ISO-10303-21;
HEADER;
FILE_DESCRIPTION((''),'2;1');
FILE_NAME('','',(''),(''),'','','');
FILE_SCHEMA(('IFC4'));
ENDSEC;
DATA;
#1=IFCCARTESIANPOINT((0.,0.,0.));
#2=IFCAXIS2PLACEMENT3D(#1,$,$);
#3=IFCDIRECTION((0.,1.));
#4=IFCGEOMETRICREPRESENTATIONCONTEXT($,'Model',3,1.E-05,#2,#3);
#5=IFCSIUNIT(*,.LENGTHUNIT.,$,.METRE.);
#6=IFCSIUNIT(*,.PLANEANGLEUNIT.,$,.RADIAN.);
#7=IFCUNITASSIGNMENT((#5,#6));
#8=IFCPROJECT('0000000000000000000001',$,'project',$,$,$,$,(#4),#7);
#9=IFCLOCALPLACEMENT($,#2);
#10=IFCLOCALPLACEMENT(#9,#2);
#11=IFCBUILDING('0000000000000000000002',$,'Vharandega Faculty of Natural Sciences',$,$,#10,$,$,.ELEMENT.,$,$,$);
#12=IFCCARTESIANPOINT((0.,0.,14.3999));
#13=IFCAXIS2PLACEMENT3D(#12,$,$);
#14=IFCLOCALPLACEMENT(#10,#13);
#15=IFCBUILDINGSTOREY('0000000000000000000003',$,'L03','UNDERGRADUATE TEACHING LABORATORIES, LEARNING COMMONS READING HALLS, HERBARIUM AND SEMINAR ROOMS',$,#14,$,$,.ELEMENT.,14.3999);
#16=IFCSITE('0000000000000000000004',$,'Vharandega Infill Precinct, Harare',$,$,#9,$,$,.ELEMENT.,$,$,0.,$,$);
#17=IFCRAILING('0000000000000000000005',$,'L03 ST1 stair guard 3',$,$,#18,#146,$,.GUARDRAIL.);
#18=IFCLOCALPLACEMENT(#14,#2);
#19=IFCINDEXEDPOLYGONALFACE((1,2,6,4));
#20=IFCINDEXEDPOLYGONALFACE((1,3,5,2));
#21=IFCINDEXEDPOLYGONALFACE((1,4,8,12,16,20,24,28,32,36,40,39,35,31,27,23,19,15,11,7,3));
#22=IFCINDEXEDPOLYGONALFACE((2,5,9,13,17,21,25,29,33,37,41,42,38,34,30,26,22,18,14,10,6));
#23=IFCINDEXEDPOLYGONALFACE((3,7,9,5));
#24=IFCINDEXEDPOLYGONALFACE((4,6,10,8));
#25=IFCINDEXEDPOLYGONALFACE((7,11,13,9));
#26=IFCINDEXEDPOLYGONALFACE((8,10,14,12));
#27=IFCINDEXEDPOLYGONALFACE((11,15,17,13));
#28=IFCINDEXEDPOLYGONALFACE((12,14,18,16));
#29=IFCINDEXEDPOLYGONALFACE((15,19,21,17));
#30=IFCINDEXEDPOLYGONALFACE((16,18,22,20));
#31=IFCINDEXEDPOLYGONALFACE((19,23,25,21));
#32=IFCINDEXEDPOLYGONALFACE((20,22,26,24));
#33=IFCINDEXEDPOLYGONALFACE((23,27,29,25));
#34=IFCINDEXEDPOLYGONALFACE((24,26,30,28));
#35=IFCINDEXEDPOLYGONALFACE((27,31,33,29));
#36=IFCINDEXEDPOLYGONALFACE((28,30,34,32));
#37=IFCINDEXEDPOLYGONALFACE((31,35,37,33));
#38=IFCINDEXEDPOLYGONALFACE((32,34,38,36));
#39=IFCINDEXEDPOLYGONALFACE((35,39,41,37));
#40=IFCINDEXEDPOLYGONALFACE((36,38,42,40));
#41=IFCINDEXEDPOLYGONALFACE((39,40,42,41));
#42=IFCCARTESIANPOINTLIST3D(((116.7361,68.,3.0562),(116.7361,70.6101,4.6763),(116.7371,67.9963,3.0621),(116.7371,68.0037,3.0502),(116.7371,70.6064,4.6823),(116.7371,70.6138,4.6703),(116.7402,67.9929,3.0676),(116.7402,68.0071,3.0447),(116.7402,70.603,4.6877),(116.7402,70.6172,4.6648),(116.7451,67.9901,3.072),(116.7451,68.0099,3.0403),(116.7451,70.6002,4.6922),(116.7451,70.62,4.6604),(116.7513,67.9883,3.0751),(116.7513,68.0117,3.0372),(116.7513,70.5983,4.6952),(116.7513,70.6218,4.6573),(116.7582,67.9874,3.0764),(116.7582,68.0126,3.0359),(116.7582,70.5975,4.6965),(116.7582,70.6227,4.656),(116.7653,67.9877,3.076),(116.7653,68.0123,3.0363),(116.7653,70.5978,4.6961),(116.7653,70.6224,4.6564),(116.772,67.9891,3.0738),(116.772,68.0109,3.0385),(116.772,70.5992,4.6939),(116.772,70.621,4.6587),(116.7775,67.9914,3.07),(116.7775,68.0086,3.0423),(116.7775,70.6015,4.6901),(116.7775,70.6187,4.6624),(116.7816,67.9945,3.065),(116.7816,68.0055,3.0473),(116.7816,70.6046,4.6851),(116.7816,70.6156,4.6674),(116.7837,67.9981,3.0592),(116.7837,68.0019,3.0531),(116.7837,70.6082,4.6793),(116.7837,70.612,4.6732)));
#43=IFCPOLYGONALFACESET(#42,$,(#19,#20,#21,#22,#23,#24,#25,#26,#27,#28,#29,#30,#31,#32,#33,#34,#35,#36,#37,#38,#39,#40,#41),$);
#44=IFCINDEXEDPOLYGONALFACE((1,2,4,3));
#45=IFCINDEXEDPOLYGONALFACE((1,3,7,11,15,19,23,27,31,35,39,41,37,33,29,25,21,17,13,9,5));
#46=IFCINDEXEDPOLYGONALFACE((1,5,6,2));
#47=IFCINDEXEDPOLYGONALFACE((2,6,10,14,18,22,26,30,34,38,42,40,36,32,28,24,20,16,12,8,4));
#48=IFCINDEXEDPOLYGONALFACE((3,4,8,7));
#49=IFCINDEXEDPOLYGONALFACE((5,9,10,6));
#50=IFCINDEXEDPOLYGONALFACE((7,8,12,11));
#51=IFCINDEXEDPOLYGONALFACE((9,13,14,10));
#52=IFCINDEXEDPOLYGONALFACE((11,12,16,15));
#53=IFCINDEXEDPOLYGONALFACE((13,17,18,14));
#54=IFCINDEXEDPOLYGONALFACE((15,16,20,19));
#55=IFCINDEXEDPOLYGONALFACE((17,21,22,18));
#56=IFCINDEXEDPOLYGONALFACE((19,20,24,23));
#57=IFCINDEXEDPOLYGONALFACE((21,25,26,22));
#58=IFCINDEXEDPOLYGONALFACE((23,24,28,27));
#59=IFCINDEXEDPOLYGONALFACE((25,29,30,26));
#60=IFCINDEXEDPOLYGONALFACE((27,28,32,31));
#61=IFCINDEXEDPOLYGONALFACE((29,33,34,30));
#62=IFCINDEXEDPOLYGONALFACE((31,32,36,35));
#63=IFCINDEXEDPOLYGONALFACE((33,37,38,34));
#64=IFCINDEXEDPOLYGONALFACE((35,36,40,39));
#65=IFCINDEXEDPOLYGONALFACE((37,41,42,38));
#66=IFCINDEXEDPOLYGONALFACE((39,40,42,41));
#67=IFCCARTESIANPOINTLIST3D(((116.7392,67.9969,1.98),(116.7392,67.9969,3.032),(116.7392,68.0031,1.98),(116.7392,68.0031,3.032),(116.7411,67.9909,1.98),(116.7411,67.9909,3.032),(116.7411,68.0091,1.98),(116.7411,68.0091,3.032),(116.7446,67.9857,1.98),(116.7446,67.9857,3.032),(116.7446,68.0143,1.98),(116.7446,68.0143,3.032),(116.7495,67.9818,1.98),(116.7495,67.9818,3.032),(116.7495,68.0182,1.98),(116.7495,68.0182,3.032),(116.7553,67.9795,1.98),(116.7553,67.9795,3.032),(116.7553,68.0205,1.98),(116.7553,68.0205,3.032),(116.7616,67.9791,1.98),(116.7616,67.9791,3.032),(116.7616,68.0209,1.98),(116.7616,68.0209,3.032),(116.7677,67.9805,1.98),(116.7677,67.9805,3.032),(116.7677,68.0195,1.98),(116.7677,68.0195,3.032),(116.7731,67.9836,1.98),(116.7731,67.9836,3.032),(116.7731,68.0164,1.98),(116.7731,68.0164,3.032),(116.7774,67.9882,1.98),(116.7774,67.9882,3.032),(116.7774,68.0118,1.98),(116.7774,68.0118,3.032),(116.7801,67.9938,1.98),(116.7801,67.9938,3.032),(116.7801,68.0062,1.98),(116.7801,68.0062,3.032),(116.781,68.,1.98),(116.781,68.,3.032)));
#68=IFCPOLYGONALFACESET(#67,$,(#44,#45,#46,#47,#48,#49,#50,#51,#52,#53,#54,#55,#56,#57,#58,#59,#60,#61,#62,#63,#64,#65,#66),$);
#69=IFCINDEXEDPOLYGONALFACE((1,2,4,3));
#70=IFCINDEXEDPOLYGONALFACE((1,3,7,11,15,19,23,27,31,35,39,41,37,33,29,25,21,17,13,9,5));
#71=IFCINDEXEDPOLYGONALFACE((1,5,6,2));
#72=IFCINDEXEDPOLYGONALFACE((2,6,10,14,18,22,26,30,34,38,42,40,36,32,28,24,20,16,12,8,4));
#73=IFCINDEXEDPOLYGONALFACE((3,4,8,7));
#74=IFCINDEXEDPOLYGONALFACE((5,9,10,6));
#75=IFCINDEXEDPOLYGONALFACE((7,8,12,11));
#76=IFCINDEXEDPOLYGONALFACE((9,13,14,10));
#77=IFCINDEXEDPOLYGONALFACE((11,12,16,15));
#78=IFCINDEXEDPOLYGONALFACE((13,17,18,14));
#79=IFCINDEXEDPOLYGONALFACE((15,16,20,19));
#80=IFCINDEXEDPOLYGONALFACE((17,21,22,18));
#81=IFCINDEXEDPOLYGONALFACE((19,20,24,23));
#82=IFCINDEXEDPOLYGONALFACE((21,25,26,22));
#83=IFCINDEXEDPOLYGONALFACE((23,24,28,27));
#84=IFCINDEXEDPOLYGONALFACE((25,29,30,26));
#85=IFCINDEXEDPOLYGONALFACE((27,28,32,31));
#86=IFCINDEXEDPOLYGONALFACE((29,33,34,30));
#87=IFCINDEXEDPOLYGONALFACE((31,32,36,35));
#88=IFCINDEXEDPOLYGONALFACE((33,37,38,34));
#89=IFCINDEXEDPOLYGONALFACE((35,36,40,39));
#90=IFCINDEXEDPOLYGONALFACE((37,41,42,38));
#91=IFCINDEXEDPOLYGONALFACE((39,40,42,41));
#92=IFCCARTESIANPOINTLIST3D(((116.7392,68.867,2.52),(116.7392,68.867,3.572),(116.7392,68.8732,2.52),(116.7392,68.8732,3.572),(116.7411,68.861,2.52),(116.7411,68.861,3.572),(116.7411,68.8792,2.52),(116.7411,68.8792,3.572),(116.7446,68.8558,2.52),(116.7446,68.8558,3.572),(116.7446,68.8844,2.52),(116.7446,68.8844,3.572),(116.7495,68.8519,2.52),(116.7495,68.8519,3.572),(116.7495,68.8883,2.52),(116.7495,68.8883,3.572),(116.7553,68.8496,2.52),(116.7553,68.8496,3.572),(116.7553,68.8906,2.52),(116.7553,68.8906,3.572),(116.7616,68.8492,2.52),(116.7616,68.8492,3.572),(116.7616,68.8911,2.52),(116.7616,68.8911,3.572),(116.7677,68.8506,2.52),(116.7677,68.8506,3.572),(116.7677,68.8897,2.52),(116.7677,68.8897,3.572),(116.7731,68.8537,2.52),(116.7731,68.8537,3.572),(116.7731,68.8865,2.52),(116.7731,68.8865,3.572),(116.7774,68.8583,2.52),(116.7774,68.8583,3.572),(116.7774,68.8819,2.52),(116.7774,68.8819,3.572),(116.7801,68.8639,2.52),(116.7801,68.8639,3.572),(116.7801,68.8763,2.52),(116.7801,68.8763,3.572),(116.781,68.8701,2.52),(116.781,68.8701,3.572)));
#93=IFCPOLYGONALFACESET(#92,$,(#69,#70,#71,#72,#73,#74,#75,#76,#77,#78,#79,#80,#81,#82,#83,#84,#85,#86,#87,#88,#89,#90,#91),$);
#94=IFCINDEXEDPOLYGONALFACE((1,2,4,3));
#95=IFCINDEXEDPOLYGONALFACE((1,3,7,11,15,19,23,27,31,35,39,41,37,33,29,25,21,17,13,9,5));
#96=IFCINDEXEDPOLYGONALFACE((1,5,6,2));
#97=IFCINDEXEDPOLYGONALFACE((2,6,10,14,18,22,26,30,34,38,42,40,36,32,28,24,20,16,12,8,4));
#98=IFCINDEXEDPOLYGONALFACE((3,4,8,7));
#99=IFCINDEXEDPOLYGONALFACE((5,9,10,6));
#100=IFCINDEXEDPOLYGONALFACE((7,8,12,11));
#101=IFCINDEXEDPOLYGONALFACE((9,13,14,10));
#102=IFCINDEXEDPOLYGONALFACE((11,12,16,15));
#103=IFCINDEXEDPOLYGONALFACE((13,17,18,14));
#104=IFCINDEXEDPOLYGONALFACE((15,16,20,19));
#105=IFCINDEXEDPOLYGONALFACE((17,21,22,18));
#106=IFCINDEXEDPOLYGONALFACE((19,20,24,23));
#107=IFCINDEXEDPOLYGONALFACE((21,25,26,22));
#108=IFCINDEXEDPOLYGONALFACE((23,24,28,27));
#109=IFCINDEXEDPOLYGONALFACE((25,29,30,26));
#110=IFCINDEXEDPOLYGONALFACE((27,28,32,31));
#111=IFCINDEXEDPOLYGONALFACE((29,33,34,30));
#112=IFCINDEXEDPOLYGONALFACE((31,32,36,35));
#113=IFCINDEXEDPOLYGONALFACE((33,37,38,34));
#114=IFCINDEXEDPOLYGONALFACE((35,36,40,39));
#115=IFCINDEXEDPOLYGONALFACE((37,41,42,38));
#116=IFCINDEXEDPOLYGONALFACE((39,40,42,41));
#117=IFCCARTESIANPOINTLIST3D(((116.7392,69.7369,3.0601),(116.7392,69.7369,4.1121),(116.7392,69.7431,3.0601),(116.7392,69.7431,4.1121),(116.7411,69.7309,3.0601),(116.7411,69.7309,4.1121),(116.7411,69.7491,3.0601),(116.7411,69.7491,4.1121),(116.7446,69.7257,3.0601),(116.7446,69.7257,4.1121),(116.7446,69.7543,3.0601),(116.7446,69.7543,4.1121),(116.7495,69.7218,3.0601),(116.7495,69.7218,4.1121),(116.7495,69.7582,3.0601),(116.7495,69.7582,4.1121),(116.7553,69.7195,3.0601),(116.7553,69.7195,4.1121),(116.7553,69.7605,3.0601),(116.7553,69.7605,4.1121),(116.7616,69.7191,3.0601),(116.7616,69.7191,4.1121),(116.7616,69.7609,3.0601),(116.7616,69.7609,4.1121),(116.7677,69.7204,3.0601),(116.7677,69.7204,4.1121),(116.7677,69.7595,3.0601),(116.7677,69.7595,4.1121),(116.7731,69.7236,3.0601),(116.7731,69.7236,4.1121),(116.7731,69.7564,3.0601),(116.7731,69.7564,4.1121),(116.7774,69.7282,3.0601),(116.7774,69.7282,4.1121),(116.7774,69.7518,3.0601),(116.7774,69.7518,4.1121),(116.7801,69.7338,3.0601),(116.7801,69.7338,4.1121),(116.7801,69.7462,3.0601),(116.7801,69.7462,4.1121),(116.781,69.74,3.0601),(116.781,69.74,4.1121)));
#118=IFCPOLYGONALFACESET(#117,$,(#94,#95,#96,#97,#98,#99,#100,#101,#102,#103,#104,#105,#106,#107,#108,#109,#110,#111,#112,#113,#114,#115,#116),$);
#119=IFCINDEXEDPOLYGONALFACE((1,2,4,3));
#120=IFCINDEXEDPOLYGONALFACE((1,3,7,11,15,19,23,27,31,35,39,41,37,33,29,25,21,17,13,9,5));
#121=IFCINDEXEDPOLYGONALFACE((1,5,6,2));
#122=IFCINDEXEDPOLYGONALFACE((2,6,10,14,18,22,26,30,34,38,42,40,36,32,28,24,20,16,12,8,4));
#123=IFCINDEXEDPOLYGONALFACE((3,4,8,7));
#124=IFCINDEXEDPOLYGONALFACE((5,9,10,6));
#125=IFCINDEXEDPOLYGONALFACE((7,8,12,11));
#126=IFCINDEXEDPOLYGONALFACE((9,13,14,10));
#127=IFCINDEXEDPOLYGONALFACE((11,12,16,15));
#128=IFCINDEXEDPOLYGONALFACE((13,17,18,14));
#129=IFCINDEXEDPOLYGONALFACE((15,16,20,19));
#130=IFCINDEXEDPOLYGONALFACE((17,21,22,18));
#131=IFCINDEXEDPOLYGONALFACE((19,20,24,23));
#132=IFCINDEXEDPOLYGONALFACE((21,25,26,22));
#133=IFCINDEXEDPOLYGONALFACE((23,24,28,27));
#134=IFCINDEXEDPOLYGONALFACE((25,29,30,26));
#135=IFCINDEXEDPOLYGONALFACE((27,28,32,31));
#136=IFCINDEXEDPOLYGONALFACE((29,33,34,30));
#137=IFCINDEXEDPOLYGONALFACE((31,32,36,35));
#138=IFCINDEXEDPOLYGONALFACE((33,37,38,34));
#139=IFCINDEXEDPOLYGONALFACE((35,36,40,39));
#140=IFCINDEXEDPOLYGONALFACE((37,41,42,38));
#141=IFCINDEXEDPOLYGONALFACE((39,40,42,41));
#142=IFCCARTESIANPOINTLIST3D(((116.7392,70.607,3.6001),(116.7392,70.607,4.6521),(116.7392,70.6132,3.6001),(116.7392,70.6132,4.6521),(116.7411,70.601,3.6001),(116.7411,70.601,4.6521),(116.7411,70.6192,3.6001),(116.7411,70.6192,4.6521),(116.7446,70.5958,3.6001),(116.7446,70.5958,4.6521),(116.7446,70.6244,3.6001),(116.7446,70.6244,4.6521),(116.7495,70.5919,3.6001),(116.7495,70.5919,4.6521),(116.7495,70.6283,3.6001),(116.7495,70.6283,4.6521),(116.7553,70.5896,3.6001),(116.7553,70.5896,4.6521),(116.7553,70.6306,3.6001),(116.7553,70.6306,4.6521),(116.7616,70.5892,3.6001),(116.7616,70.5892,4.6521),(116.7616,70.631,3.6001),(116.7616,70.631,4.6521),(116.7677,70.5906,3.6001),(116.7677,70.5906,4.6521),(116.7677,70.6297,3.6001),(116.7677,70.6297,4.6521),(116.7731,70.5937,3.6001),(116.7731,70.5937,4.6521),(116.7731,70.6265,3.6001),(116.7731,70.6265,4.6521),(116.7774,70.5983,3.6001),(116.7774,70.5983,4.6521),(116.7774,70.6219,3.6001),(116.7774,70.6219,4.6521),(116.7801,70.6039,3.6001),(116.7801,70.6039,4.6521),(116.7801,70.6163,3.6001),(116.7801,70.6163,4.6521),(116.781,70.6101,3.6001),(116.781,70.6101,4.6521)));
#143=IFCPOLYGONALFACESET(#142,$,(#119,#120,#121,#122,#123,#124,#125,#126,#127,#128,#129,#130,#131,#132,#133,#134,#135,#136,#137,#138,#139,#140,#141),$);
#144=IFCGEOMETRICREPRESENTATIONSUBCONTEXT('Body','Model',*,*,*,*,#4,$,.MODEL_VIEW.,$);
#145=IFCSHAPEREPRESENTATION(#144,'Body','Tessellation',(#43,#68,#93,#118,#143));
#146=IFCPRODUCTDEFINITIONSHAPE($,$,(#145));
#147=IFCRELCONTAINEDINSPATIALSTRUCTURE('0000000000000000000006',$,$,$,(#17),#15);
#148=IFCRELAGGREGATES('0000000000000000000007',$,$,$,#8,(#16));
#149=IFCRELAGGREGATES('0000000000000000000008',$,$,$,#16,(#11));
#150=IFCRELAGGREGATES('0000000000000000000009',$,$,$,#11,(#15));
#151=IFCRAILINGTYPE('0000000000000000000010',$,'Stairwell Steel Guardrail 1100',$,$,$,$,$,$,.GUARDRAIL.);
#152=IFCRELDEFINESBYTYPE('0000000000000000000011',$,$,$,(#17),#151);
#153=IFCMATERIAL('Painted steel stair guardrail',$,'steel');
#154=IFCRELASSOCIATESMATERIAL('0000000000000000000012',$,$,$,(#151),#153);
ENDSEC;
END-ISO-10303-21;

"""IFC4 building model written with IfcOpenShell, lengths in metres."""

from ifc_helpers import new_model, si_unit, direction, frame, origin, origin_2d, place, context, subcontext, project, spatial, circle, extrude, material, type_object, element, save


model = new_model("IFC4")

# Units and contexts
model_context = context("Model", 3, precision=1e-05, world=origin(), true_north=direction((0.0, 1.0)))
body_context = subcontext(model_context, "Body", "Model", "MODEL_VIEW")
ifc_project = project(units=[si_unit("LENGTHUNIT", "METRE"), si_unit("PLANEANGLEUNIT", "RADIAN")], contexts=[model_context])

# Site, building, storey
site_placement = place(None, origin())
site = spatial("IfcSite", under=ifc_project, at=site_placement, Name="Vharandega Infill Precinct, Harare", CompositionType="ELEMENT", RefElevation=0.0)
building_placement = place(site_placement, origin())
building = spatial("IfcBuilding", under=site, at=building_placement, Name="Vharandega Faculty of Natural Sciences", CompositionType="ELEMENT")
storey_placement = place(building_placement, frame((0.0, 0.0, 14.3999)))
storey = spatial("IfcBuildingStorey", under=building, at=storey_placement, Name="L03", Description="UNDERGRADUATE TEACHING LABORATORIES, LEARNING COMMONS READING HALLS, HERBARIUM AND SEMINAR ROOMS", CompositionType="ELEMENT", Elevation=14.3999)

# Railing
ifc_material_1 = material(Name="Painted steel stair guardrail", Category="steel")
railing_type_1 = type_object("IfcRailingType", Name="Stairwell Steel Guardrail 1100", PredefinedType="GUARDRAIL", material=ifc_material_1)
railing_1_placement = place(storey_placement, frame((116.76, 68.0, 1.98)))
element("IfcRailing", 1, at=railing_1_placement, inside=storey, type_object=railing_type_1, Name="L03 ST1 stair guard 3", PredefinedType="GUARDRAIL", context=body_context, shape_type="SweptSolid", body=[
    extrude(circle(Radius=0.0239, at=origin_2d()), frame((0.0, 0.0, 1.0762), z_axis=(0.0, 0.849633, 0.527375), x_axis=(-1.0, 0.0, 0.0)), (0.0, 0.0, 1.0), 3.072),
    extrude(circle(Radius=0.021, at=origin_2d()), origin(), (0.0, 0.0, 1.0), 1.052),
    extrude(circle(Radius=0.021, at=origin_2d()), frame((0.0, 0.8701, 0.54)), (0.0, 0.0, 1.0), 1.052),
    extrude(circle(Radius=0.021, at=origin_2d()), frame((0.0, 1.74, 1.0801)), (0.0, 0.0, 1.0), 1.052),
    extrude(circle(Radius=0.021, at=origin_2d()), frame((0.0, 2.6101, 1.6201)), (0.0, 0.0, 1.0), 1.052),
])

save(model, "model.ifc")
